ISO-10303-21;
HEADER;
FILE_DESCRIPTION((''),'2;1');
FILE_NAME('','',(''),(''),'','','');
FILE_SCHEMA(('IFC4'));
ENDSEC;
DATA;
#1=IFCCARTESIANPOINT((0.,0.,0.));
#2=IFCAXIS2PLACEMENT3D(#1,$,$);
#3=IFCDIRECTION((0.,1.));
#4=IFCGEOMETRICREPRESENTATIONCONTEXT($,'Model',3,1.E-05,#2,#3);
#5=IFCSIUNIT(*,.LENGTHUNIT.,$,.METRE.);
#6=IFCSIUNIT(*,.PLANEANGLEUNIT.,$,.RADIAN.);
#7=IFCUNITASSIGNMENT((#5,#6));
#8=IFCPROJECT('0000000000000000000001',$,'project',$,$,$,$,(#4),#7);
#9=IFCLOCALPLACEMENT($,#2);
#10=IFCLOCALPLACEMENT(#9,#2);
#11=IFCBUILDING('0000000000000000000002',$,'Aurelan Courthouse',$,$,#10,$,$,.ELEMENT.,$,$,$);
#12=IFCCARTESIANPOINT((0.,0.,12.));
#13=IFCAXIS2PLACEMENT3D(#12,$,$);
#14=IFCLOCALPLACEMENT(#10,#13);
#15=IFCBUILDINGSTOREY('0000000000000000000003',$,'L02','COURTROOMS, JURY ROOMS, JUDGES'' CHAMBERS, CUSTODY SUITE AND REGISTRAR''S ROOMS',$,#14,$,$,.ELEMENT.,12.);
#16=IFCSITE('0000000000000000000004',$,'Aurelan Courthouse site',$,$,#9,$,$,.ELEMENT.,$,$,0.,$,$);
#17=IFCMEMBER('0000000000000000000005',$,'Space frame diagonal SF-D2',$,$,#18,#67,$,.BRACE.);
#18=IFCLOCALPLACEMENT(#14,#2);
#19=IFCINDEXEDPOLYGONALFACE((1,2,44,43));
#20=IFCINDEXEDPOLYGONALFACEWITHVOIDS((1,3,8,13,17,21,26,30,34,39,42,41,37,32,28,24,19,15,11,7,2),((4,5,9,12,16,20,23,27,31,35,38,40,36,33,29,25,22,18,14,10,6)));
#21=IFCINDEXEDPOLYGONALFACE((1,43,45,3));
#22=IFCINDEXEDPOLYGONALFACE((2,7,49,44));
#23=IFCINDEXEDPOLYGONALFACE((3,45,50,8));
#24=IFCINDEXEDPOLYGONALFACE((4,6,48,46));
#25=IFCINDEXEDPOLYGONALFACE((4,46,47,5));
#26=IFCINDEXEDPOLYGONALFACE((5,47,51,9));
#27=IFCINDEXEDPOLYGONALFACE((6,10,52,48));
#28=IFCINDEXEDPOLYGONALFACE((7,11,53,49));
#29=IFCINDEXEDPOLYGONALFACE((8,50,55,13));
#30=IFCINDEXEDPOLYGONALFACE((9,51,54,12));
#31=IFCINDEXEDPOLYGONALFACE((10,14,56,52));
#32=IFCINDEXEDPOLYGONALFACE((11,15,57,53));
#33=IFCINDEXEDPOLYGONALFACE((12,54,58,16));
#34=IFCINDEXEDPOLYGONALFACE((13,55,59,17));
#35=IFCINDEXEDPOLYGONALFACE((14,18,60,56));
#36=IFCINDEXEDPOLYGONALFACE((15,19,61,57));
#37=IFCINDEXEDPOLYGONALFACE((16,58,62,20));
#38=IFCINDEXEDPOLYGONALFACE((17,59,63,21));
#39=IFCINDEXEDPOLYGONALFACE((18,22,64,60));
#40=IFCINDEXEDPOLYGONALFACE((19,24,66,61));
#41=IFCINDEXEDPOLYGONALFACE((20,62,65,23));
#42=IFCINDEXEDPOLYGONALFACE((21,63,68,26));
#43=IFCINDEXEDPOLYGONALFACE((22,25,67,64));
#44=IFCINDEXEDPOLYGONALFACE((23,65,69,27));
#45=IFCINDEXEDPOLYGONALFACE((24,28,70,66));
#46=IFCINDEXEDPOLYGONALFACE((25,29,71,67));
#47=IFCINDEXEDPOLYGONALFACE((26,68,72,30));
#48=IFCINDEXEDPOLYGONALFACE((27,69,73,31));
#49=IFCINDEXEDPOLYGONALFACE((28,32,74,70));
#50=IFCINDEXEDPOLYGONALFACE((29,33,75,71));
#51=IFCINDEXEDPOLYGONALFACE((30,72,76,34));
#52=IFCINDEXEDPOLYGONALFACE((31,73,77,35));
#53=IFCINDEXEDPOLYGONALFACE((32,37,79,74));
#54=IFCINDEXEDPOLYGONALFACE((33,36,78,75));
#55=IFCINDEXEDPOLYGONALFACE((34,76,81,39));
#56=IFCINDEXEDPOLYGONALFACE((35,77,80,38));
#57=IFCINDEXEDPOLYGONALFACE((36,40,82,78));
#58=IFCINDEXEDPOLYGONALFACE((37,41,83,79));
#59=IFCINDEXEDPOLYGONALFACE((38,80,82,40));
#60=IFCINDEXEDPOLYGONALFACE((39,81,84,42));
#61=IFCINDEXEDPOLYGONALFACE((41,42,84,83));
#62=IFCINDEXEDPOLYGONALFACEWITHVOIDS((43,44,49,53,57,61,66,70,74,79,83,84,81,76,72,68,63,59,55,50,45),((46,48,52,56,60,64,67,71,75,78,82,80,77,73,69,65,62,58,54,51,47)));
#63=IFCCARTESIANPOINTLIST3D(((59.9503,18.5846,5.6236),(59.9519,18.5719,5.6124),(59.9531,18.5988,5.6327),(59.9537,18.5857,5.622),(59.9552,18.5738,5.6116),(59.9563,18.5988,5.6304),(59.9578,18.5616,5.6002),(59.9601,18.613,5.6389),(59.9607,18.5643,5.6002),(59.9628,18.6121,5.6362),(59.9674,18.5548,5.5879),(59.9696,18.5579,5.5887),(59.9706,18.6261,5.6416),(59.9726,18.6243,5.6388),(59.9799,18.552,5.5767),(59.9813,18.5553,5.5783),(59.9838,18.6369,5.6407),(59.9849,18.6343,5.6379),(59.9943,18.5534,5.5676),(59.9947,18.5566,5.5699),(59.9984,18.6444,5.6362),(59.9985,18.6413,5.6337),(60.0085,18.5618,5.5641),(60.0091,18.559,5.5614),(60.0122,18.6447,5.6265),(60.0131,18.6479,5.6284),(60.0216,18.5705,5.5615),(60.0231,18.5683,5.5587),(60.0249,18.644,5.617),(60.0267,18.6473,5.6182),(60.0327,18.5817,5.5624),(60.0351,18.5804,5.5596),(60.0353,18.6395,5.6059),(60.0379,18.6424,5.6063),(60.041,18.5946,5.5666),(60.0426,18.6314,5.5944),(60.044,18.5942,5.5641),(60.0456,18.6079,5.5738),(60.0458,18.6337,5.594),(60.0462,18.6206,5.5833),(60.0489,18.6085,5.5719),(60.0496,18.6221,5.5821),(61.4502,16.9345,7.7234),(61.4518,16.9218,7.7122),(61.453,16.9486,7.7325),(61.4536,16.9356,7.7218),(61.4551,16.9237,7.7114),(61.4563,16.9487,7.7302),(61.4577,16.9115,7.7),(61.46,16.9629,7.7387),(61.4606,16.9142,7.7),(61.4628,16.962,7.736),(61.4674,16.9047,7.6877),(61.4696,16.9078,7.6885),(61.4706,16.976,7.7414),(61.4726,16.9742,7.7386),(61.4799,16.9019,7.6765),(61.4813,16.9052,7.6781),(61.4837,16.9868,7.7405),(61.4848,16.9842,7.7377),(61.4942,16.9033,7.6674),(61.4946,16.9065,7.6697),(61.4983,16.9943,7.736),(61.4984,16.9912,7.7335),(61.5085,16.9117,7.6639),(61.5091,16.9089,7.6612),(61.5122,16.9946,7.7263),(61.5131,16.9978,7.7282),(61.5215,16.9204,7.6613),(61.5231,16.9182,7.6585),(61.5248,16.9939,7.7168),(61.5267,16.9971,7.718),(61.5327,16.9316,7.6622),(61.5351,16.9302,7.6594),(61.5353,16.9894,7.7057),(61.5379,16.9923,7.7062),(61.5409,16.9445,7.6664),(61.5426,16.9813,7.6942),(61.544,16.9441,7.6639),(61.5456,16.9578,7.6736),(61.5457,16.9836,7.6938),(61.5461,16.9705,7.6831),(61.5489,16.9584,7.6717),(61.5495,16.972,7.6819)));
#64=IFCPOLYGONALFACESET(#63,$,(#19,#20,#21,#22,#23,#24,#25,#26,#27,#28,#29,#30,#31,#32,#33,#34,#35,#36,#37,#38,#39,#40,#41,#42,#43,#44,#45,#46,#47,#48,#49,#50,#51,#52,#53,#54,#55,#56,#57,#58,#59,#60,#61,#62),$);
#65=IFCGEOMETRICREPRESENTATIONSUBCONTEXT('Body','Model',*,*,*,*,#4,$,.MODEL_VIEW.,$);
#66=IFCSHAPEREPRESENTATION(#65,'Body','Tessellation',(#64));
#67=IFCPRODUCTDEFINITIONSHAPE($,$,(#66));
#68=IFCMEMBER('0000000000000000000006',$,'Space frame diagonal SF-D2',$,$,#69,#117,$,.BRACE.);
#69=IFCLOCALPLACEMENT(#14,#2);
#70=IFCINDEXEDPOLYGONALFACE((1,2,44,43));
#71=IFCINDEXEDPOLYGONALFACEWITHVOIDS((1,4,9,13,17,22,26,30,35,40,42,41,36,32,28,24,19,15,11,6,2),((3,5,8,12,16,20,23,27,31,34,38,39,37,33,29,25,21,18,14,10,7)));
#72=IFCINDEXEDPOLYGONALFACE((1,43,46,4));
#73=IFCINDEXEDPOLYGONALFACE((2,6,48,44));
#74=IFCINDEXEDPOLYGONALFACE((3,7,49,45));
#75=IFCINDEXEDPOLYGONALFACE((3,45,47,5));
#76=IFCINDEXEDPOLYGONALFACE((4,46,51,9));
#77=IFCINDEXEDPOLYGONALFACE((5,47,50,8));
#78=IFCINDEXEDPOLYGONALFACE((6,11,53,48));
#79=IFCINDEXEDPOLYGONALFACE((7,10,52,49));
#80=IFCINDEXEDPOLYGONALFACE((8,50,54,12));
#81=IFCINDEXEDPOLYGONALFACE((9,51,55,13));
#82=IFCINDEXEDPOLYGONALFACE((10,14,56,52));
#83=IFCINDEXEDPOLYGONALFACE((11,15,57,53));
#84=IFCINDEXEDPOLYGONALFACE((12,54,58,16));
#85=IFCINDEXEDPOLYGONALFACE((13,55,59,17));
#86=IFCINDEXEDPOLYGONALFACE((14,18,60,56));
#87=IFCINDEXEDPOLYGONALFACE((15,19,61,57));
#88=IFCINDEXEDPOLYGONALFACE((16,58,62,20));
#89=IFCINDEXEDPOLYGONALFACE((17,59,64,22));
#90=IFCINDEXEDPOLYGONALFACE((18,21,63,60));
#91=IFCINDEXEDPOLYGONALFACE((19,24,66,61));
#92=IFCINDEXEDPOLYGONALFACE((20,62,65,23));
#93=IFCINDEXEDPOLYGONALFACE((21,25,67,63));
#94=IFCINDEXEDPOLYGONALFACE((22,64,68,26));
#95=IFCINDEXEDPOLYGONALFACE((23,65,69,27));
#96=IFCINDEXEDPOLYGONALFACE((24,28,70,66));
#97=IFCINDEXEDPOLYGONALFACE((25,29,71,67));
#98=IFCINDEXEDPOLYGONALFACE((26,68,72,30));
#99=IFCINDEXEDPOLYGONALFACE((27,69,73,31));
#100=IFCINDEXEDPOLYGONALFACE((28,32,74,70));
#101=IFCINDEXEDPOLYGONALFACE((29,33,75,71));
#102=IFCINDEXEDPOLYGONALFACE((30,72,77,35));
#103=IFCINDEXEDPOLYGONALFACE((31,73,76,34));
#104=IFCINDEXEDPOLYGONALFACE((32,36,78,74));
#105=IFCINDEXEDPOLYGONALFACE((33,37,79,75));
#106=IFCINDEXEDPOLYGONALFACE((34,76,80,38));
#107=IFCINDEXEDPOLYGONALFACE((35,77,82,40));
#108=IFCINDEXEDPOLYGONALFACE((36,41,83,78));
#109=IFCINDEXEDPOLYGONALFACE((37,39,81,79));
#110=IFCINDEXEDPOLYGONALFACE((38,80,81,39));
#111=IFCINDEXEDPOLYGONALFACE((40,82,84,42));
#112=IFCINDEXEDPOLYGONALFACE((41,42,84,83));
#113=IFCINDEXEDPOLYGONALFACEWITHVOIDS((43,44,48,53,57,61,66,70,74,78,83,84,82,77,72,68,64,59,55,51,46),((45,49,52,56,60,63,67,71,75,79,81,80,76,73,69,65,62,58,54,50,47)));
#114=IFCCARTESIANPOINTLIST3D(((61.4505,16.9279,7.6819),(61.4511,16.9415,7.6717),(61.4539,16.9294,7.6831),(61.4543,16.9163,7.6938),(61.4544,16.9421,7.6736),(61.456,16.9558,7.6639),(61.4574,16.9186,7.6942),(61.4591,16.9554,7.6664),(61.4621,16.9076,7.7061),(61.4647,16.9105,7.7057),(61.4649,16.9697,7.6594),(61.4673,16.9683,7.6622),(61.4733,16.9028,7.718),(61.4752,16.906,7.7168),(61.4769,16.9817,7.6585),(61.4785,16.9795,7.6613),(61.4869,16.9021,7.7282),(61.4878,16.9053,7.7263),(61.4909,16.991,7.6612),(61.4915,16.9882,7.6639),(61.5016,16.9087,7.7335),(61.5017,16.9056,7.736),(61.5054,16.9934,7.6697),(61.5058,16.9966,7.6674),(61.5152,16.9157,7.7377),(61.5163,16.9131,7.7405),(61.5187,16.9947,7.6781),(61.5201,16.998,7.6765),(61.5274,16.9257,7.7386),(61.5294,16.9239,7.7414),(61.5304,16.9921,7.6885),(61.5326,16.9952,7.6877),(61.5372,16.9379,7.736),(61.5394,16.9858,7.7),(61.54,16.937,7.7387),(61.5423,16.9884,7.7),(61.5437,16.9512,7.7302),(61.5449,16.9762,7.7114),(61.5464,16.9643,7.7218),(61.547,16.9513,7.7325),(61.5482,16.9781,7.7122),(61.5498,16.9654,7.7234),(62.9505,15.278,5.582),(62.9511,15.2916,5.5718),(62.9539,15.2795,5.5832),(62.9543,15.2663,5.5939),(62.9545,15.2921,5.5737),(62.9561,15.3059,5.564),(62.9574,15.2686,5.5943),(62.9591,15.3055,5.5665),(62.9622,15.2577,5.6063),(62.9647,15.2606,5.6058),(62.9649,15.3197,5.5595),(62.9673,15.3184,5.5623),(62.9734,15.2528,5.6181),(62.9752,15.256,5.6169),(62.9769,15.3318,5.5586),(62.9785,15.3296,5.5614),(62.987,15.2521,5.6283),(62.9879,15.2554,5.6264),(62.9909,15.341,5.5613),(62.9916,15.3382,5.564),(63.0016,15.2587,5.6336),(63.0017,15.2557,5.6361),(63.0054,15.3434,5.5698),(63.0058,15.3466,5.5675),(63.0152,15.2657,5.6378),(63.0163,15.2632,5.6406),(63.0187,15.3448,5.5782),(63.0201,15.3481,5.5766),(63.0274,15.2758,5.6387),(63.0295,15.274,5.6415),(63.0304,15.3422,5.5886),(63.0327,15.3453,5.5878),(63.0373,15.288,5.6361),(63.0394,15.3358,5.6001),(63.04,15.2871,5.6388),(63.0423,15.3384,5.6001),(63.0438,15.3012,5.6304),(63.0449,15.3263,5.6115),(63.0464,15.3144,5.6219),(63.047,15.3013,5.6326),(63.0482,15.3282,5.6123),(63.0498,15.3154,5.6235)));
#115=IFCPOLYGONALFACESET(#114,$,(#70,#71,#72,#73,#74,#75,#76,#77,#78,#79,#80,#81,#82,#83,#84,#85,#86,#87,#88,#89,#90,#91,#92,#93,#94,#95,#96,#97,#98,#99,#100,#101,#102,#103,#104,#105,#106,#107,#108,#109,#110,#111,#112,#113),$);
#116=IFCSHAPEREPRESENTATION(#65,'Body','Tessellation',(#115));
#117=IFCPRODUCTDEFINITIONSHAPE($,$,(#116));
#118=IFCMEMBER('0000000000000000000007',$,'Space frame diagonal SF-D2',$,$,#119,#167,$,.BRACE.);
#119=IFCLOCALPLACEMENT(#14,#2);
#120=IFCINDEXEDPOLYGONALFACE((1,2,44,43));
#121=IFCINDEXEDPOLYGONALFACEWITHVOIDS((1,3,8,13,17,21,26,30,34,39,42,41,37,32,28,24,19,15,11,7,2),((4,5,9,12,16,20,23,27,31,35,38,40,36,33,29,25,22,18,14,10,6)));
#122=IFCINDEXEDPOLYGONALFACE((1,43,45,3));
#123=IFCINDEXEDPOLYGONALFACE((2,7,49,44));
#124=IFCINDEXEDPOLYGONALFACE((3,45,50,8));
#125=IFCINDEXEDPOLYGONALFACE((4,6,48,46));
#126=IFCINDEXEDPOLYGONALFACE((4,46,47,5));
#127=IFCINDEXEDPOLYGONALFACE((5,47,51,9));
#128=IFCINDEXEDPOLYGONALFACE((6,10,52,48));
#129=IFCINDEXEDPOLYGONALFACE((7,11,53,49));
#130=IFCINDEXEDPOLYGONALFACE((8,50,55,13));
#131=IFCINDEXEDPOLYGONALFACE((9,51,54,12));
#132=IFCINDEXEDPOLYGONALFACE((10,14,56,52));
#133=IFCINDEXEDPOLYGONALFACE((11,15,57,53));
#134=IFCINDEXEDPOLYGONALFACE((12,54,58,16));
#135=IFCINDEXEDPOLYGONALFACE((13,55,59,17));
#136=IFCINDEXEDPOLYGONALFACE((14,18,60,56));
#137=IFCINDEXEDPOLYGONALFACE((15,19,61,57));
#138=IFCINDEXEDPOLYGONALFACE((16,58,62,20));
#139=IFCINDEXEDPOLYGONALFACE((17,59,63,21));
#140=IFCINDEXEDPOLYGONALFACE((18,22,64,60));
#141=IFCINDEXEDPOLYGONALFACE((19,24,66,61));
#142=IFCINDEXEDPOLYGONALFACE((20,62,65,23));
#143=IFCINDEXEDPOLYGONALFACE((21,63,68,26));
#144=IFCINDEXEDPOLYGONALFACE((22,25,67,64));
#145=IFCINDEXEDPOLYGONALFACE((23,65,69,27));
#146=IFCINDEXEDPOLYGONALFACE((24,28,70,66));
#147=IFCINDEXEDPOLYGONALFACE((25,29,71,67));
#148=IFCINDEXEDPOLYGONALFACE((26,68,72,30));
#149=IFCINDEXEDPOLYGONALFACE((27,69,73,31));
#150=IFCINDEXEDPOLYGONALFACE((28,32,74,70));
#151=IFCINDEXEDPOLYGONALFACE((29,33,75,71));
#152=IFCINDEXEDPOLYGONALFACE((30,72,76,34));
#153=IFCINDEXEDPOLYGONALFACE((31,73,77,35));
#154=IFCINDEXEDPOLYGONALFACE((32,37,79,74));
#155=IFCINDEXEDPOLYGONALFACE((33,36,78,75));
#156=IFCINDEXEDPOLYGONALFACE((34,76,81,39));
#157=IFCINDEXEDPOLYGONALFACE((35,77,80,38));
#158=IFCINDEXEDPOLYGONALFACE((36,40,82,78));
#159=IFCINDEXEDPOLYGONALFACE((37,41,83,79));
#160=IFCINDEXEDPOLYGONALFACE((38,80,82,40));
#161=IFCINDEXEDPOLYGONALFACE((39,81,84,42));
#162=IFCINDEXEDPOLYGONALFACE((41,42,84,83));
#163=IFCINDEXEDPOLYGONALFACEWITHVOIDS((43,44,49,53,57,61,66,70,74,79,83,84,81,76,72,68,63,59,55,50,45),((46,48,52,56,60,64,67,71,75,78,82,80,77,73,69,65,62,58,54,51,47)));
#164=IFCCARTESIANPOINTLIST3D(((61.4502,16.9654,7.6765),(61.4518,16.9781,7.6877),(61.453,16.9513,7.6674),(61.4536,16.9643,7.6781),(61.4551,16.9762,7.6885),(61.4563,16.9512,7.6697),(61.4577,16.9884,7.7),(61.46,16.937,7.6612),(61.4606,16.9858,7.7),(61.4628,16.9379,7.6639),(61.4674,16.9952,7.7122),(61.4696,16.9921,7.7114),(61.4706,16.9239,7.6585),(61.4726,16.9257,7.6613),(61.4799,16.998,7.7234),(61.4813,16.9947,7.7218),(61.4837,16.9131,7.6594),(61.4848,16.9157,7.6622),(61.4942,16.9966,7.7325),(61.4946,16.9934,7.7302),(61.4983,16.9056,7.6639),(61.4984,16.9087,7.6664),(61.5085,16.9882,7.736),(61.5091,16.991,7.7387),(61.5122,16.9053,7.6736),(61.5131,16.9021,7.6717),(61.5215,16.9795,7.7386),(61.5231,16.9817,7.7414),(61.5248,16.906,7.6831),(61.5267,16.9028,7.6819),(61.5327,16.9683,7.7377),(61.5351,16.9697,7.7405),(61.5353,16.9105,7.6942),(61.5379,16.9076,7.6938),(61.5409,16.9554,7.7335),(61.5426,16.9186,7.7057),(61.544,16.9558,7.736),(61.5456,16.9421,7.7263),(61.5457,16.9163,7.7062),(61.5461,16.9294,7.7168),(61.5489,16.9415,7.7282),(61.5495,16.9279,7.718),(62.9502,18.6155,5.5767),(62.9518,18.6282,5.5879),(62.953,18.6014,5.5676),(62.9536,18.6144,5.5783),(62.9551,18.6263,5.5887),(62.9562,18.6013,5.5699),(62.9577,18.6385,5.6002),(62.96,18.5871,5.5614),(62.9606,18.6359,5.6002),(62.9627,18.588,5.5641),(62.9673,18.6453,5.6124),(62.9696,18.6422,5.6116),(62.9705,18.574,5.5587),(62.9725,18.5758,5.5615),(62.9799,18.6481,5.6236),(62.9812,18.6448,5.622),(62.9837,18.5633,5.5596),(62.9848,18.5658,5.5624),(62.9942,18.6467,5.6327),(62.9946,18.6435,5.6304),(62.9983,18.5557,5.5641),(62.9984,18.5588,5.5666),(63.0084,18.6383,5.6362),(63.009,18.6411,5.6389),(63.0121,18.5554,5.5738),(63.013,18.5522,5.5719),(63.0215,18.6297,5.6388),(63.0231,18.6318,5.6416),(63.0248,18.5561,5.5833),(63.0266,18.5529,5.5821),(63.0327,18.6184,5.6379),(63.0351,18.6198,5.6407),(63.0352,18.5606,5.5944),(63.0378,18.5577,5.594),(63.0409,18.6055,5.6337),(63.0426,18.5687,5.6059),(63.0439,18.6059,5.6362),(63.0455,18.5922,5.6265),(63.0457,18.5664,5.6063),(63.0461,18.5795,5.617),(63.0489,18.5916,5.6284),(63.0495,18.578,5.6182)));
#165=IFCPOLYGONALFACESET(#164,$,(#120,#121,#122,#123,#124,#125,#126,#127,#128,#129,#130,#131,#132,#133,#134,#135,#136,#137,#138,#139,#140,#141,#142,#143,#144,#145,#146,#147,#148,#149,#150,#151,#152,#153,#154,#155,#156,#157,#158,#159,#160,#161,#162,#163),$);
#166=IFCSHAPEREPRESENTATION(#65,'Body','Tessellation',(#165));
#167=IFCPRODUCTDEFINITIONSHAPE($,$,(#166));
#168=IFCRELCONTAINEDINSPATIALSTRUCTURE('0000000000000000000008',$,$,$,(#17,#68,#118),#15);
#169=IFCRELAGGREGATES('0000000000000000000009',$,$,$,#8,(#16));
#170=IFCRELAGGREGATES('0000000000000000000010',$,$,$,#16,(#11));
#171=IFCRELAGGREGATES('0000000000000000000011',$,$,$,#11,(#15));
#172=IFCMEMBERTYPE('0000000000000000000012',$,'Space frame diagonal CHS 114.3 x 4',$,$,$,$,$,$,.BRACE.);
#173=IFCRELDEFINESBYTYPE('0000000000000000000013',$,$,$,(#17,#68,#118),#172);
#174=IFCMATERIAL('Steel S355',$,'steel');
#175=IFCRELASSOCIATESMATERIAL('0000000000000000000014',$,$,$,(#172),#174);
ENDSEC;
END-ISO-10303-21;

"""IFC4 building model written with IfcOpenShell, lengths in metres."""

from ifc_helpers import new_model, si_unit, direction, frame, origin, origin_2d, place, context, subcontext, project, spatial, hollow_circle, extrude, material, material_profile, profile_set, type_object, element, save


model = new_model("IFC4")

# Units and contexts
model_context = context("Model", 3, precision=1e-05, world=origin(), true_north=direction((0.0, 1.0)))
body_context = subcontext(model_context, "Body", "Model", "MODEL_VIEW")
ifc_project = project(units=[si_unit("LENGTHUNIT", "METRE"), si_unit("PLANEANGLEUNIT", "RADIAN")], contexts=[model_context])

# Site, building, storey
site_placement = place(None, origin())
site = spatial("IfcSite", under=ifc_project, at=site_placement, Name="Aurelan Courthouse site", CompositionType="ELEMENT", RefElevation=0.0)
building_placement = place(site_placement, origin())
building = spatial("IfcBuilding", under=site, at=building_placement, Name="Aurelan Courthouse", CompositionType="ELEMENT")
storey_placement = place(building_placement, frame((0.0, 0.0, 12.0)))
storey = spatial("IfcBuildingStorey", under=building, at=storey_placement, Name="L02", Description="COURTROOMS, JURY ROOMS, JUDGES' CHAMBERS, CUSTODY SUITE AND REGISTRAR'S ROOMS", CompositionType="ELEMENT", Elevation=12.0)

# Shared definitions
ifc_material_1 = material(Name="Steel S355", Category="steel")

# Members
ifc_material_profile_1 = material_profile(ifc_material_1, hollow_circle(Radius=0.0571, WallThickness=0.0039, at=origin_2d()), Name="CHS 114.3 x 4")
ifc_profile_set_1 = profile_set([ifc_material_profile_1], Name="Steel S355")
member_type_1 = type_object("IfcMemberType", Name="Space frame diagonal CHS 114.3 x 4", PredefinedType="BRACE", material=ifc_profile_set_1)
for number, where, z_axis, x_axis, name in (
    (1, (61.5, 16.95, 7.7), (-0.489706, 0.538724, -0.68554), (-0.73997, -0.67264, 0.0), "Space frame diagonal SF-D2"),
    (2, (61.5, 16.95, 7.7), (0.489727, -0.538667, -0.685569), (0.73992, 0.672695, 0.0), "Space frame diagonal SF-D2"),
    (3, (61.5, 16.95, 7.7), (0.489706, 0.538724, -0.68554), (-0.73997, 0.67264, 0.0), "Space frame diagonal SF-D2"),
):
    element("IfcMember", number, at=place(storey_placement, frame(where, z_axis=z_axis, x_axis=x_axis)), inside=storey, type_object=member_type_1, Name=name, PredefinedType="BRACE", context=body_context, shape_type="SweptSolid", body=[
        extrude(hollow_circle(Radius=0.0571, WallThickness=0.0039, at=origin_2d()), origin(), (0.0, 0.0, 1.0), 3.063),
    ])

save(model, "model.ifc")
